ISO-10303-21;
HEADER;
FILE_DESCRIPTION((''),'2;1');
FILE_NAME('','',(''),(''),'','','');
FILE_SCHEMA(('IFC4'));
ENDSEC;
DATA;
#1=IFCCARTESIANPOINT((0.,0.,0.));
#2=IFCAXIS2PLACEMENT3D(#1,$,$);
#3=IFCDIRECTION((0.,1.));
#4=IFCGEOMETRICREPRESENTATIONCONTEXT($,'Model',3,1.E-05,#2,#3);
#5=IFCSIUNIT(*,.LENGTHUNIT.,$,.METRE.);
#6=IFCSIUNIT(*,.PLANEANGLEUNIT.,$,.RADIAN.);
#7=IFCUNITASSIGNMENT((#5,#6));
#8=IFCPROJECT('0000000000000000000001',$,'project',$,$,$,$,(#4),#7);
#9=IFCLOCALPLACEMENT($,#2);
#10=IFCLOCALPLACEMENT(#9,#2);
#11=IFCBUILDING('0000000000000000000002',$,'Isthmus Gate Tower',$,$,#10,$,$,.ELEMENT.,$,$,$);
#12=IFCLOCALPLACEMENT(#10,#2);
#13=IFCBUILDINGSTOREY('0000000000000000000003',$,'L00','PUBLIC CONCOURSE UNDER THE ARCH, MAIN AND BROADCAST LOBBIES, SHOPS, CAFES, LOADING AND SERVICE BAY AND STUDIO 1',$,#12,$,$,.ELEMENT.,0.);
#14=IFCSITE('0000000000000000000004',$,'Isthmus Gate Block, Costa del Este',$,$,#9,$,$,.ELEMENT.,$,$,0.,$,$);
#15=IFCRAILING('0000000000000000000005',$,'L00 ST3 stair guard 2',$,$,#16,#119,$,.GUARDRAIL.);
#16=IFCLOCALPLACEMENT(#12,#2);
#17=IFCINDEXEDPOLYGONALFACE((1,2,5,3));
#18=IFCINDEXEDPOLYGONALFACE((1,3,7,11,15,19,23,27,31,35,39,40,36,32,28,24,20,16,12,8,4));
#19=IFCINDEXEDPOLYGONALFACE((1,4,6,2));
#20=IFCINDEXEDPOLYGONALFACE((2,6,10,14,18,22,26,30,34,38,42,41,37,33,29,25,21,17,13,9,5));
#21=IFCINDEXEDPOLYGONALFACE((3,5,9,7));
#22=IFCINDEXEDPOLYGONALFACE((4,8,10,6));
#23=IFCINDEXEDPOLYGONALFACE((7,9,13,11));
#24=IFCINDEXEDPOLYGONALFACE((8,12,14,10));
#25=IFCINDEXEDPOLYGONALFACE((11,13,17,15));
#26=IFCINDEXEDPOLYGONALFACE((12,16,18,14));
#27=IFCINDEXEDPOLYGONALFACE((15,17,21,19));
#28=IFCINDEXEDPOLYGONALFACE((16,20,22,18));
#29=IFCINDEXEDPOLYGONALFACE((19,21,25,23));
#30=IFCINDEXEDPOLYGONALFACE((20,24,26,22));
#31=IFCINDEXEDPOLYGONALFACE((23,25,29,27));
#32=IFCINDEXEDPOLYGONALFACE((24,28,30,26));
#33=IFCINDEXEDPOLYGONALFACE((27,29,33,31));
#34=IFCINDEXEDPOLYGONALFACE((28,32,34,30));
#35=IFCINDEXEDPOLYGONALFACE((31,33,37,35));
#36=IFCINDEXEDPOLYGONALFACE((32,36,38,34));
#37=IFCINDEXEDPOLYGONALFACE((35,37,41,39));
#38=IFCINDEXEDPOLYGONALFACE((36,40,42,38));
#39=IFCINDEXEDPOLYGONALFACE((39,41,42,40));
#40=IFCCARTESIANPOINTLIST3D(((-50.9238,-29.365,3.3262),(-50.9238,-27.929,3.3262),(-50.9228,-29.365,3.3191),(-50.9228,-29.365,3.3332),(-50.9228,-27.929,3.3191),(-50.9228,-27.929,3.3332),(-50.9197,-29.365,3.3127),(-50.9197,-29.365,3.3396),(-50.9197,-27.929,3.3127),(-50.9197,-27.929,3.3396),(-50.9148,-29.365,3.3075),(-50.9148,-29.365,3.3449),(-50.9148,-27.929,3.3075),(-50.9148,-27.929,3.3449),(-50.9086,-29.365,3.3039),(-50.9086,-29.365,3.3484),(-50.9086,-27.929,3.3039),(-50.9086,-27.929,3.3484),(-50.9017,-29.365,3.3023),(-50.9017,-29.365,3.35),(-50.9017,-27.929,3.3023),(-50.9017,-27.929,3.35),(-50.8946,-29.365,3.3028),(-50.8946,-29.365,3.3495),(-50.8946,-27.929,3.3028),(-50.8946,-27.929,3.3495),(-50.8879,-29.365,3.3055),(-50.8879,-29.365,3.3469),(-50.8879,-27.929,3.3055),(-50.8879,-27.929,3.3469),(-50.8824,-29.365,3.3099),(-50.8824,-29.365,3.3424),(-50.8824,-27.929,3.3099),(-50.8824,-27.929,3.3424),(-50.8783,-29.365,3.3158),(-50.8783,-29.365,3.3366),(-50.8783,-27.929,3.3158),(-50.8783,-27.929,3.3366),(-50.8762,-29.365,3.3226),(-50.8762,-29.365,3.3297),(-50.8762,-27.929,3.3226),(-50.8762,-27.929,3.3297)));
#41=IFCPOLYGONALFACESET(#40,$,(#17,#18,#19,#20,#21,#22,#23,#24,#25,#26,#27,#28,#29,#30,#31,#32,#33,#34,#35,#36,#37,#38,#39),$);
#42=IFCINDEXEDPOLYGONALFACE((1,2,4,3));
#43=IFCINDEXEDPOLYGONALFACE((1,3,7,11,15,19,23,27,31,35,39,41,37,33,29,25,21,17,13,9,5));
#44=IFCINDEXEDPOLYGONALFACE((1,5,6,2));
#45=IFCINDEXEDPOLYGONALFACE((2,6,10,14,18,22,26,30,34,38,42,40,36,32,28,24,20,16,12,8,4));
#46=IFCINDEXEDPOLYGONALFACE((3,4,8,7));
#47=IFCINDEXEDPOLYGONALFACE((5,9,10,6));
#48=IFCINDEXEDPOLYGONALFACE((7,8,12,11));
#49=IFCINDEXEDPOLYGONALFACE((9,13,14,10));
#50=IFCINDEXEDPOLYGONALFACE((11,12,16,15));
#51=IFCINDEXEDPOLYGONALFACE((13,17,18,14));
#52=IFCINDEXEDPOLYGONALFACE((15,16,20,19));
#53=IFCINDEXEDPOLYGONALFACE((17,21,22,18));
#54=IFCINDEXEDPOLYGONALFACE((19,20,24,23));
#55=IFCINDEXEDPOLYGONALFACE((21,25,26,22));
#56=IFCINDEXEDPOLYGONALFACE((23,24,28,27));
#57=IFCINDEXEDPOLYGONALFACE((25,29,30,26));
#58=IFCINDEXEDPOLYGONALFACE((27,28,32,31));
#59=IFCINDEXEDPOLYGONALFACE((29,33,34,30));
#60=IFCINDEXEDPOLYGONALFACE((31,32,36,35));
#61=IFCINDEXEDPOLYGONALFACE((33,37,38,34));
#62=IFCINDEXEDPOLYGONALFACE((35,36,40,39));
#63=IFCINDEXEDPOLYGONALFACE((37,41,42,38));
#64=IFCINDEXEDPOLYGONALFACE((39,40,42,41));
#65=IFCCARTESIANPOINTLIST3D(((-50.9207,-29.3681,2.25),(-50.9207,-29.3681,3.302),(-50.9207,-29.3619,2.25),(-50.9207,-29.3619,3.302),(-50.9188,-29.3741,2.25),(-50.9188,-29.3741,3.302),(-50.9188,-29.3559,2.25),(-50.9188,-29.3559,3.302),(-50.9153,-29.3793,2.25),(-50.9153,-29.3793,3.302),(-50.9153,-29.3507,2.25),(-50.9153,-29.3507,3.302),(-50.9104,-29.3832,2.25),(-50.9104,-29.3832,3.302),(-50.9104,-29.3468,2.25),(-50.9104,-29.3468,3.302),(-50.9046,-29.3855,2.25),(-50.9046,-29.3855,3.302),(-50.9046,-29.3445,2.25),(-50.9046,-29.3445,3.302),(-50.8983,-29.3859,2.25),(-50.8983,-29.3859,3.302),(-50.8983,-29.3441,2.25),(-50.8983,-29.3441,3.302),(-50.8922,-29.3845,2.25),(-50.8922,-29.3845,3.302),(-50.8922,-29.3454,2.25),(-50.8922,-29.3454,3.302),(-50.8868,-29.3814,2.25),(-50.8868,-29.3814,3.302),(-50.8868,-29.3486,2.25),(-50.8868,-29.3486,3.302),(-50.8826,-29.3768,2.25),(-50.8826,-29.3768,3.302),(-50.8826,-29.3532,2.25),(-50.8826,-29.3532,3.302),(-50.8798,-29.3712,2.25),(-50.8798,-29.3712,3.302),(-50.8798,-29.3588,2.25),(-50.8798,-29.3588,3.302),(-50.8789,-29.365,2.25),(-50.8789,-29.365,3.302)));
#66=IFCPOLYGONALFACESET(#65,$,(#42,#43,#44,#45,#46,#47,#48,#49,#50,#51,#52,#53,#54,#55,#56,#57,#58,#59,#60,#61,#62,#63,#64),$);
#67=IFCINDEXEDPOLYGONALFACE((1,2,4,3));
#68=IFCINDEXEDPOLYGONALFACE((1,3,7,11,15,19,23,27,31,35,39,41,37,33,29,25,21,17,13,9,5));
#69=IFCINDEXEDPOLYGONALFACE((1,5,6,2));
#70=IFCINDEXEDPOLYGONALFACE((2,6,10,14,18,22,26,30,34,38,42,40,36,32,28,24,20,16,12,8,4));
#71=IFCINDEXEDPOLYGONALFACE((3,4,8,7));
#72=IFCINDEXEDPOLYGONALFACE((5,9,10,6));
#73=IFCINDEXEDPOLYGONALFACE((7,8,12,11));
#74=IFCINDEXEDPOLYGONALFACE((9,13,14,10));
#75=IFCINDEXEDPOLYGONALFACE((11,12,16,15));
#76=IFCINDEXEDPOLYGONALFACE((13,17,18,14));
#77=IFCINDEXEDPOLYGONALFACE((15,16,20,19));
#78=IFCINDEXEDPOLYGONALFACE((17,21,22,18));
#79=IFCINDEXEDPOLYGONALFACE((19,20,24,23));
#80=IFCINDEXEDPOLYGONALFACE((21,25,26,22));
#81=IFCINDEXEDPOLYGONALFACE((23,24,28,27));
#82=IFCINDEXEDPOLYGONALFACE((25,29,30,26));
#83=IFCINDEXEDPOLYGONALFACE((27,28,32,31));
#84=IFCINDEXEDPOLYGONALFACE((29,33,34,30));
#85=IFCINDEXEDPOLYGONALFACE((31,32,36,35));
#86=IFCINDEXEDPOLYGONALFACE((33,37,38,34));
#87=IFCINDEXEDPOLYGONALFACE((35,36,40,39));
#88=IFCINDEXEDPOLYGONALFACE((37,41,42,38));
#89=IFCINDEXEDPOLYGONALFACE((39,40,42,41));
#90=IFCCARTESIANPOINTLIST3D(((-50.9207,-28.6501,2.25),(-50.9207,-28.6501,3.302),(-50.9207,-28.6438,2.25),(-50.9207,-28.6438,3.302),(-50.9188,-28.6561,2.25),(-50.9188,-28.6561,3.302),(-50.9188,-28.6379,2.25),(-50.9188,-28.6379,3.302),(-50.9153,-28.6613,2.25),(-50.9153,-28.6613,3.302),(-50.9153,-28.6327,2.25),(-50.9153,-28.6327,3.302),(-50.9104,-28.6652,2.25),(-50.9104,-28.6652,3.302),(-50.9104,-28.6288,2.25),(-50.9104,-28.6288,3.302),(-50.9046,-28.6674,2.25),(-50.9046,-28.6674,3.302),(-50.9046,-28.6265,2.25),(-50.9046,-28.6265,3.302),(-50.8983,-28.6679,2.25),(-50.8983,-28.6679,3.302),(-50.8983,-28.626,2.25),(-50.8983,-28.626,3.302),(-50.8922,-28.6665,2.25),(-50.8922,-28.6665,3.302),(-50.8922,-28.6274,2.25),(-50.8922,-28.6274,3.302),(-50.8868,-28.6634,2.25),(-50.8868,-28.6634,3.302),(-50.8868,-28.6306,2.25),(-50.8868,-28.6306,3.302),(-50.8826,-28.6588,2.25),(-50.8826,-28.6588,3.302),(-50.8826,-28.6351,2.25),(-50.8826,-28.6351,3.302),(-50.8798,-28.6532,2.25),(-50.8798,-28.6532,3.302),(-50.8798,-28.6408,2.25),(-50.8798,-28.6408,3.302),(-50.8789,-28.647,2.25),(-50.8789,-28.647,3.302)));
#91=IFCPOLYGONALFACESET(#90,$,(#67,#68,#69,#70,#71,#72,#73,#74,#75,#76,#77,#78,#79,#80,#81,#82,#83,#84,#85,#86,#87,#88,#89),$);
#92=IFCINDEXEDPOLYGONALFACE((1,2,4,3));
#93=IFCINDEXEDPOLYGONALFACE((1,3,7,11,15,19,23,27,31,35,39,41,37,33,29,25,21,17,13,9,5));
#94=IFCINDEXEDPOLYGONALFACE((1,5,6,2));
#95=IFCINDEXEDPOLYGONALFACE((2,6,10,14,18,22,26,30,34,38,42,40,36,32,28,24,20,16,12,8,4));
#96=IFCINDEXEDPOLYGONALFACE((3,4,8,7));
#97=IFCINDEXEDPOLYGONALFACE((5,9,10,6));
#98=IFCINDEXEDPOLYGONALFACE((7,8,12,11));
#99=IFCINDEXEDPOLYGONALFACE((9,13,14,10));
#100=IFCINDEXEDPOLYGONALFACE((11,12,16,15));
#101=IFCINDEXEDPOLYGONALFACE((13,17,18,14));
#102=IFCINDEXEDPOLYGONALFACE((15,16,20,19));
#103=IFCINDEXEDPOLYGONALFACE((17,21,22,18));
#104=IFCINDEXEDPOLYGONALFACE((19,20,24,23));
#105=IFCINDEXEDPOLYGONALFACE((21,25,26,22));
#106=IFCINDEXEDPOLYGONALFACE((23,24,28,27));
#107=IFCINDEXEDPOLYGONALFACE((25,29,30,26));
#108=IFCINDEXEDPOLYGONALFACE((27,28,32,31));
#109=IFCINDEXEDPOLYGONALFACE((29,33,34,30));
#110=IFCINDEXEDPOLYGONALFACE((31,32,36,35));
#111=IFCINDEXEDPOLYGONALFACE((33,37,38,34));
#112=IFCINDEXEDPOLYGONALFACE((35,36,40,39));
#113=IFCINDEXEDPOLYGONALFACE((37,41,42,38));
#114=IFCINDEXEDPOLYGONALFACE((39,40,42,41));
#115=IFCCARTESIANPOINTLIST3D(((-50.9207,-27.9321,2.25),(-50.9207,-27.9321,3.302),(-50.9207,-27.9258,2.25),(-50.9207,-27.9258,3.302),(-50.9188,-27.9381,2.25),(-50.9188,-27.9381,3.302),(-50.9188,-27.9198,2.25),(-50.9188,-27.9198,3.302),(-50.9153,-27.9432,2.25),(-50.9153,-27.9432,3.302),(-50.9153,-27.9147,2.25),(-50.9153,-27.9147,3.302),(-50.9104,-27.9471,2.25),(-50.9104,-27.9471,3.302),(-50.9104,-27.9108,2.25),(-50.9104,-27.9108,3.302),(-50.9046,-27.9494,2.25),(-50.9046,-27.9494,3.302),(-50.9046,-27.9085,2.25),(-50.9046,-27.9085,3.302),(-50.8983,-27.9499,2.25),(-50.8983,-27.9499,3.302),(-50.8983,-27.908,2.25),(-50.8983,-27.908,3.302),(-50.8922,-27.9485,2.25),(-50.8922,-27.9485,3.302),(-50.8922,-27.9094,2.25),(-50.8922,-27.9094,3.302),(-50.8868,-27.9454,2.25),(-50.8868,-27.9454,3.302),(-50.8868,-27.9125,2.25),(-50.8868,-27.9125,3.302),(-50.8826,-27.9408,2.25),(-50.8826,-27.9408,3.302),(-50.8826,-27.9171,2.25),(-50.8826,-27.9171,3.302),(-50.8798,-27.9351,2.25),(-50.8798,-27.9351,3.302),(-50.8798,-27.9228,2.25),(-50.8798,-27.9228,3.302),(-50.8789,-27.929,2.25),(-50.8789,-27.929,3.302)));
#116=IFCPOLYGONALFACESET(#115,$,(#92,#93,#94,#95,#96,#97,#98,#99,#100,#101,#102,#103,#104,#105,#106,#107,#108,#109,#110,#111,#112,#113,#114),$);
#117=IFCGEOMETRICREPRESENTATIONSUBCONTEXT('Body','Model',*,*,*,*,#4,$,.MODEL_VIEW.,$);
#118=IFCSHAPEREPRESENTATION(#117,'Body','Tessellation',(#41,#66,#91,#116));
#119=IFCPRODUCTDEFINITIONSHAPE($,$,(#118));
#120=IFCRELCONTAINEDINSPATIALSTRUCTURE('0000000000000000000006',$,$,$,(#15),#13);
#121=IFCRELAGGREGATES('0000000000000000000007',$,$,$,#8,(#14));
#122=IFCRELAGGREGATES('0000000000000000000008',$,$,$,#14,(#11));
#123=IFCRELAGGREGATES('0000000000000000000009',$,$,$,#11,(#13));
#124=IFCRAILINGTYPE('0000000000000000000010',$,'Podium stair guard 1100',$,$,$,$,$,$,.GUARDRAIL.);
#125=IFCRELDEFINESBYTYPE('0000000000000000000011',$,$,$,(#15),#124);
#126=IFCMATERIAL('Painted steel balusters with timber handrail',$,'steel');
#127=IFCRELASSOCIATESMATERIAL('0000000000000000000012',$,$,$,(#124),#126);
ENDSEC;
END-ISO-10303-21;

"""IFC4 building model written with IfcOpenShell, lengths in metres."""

from ifc_helpers import new_model, si_unit, direction, frame, origin, origin_2d, place, context, subcontext, project, spatial, circle, extrude, material, type_object, element, save


model = new_model("IFC4")

# Units and contexts
model_context = context("Model", 3, precision=1e-05, world=origin(), true_north=direction((0.0, 1.0)))
body_context = subcontext(model_context, "Body", "Model", "MODEL_VIEW")
ifc_project = project(units=[si_unit("LENGTHUNIT", "METRE"), si_unit("PLANEANGLEUNIT", "RADIAN")], contexts=[model_context])

# Site, building, storey
site_placement = place(None, origin())
site = spatial("IfcSite", under=ifc_project, at=site_placement, Name="Isthmus Gate Block, Costa del Este", CompositionType="ELEMENT", RefElevation=0.0)
building_placement = place(site_placement, origin())
building = spatial("IfcBuilding", under=site, at=building_placement, Name="Isthmus Gate Tower", CompositionType="ELEMENT")
storey_placement = place(building_placement, origin())
storey = spatial("IfcBuildingStorey", under=building, at=storey_placement, Name="L00", Description="PUBLIC CONCOURSE UNDER THE ARCH, MAIN AND BROADCAST LOBBIES, SHOPS, CAFES, LOADING AND SERVICE BAY AND STUDIO 1", CompositionType="ELEMENT", Elevation=0.0)

# Railing
ifc_material_1 = material(Name="Painted steel balusters with timber handrail", Category="steel")
railing_type_1 = type_object("IfcRailingType", Name="Podium stair guard 1100", PredefinedType="GUARDRAIL", material=ifc_material_1)
railing_1_placement = place(storey_placement, frame((-50.8999, -29.365, 2.25)))
element("IfcRailing", 1, at=railing_1_placement, inside=storey, type_object=railing_type_1, Name="L00 ST3 stair guard 2", PredefinedType="GUARDRAIL", context=body_context, shape_type="SweptSolid", body=[
    extrude(circle(Radius=0.0239, at=origin_2d()), frame((0.0, 0.0, 1.0762), z_axis=(0.0, 1.0, 0.0), x_axis=(-1.0, 0.0, 0.0)), (0.0, 0.0, 1.0), 1.436),
    extrude(circle(Radius=0.021, at=origin_2d()), origin(), (0.0, 0.0, 1.0), 1.052),
    extrude(circle(Radius=0.021, at=origin_2d()), frame((0.0, 0.718, 0.0)), (0.0, 0.0, 1.0), 1.052),
    extrude(circle(Radius=0.021, at=origin_2d()), frame((0.0, 1.436, 0.0)), (0.0, 0.0, 1.0), 1.052),
])

save(model, "model.ifc")
